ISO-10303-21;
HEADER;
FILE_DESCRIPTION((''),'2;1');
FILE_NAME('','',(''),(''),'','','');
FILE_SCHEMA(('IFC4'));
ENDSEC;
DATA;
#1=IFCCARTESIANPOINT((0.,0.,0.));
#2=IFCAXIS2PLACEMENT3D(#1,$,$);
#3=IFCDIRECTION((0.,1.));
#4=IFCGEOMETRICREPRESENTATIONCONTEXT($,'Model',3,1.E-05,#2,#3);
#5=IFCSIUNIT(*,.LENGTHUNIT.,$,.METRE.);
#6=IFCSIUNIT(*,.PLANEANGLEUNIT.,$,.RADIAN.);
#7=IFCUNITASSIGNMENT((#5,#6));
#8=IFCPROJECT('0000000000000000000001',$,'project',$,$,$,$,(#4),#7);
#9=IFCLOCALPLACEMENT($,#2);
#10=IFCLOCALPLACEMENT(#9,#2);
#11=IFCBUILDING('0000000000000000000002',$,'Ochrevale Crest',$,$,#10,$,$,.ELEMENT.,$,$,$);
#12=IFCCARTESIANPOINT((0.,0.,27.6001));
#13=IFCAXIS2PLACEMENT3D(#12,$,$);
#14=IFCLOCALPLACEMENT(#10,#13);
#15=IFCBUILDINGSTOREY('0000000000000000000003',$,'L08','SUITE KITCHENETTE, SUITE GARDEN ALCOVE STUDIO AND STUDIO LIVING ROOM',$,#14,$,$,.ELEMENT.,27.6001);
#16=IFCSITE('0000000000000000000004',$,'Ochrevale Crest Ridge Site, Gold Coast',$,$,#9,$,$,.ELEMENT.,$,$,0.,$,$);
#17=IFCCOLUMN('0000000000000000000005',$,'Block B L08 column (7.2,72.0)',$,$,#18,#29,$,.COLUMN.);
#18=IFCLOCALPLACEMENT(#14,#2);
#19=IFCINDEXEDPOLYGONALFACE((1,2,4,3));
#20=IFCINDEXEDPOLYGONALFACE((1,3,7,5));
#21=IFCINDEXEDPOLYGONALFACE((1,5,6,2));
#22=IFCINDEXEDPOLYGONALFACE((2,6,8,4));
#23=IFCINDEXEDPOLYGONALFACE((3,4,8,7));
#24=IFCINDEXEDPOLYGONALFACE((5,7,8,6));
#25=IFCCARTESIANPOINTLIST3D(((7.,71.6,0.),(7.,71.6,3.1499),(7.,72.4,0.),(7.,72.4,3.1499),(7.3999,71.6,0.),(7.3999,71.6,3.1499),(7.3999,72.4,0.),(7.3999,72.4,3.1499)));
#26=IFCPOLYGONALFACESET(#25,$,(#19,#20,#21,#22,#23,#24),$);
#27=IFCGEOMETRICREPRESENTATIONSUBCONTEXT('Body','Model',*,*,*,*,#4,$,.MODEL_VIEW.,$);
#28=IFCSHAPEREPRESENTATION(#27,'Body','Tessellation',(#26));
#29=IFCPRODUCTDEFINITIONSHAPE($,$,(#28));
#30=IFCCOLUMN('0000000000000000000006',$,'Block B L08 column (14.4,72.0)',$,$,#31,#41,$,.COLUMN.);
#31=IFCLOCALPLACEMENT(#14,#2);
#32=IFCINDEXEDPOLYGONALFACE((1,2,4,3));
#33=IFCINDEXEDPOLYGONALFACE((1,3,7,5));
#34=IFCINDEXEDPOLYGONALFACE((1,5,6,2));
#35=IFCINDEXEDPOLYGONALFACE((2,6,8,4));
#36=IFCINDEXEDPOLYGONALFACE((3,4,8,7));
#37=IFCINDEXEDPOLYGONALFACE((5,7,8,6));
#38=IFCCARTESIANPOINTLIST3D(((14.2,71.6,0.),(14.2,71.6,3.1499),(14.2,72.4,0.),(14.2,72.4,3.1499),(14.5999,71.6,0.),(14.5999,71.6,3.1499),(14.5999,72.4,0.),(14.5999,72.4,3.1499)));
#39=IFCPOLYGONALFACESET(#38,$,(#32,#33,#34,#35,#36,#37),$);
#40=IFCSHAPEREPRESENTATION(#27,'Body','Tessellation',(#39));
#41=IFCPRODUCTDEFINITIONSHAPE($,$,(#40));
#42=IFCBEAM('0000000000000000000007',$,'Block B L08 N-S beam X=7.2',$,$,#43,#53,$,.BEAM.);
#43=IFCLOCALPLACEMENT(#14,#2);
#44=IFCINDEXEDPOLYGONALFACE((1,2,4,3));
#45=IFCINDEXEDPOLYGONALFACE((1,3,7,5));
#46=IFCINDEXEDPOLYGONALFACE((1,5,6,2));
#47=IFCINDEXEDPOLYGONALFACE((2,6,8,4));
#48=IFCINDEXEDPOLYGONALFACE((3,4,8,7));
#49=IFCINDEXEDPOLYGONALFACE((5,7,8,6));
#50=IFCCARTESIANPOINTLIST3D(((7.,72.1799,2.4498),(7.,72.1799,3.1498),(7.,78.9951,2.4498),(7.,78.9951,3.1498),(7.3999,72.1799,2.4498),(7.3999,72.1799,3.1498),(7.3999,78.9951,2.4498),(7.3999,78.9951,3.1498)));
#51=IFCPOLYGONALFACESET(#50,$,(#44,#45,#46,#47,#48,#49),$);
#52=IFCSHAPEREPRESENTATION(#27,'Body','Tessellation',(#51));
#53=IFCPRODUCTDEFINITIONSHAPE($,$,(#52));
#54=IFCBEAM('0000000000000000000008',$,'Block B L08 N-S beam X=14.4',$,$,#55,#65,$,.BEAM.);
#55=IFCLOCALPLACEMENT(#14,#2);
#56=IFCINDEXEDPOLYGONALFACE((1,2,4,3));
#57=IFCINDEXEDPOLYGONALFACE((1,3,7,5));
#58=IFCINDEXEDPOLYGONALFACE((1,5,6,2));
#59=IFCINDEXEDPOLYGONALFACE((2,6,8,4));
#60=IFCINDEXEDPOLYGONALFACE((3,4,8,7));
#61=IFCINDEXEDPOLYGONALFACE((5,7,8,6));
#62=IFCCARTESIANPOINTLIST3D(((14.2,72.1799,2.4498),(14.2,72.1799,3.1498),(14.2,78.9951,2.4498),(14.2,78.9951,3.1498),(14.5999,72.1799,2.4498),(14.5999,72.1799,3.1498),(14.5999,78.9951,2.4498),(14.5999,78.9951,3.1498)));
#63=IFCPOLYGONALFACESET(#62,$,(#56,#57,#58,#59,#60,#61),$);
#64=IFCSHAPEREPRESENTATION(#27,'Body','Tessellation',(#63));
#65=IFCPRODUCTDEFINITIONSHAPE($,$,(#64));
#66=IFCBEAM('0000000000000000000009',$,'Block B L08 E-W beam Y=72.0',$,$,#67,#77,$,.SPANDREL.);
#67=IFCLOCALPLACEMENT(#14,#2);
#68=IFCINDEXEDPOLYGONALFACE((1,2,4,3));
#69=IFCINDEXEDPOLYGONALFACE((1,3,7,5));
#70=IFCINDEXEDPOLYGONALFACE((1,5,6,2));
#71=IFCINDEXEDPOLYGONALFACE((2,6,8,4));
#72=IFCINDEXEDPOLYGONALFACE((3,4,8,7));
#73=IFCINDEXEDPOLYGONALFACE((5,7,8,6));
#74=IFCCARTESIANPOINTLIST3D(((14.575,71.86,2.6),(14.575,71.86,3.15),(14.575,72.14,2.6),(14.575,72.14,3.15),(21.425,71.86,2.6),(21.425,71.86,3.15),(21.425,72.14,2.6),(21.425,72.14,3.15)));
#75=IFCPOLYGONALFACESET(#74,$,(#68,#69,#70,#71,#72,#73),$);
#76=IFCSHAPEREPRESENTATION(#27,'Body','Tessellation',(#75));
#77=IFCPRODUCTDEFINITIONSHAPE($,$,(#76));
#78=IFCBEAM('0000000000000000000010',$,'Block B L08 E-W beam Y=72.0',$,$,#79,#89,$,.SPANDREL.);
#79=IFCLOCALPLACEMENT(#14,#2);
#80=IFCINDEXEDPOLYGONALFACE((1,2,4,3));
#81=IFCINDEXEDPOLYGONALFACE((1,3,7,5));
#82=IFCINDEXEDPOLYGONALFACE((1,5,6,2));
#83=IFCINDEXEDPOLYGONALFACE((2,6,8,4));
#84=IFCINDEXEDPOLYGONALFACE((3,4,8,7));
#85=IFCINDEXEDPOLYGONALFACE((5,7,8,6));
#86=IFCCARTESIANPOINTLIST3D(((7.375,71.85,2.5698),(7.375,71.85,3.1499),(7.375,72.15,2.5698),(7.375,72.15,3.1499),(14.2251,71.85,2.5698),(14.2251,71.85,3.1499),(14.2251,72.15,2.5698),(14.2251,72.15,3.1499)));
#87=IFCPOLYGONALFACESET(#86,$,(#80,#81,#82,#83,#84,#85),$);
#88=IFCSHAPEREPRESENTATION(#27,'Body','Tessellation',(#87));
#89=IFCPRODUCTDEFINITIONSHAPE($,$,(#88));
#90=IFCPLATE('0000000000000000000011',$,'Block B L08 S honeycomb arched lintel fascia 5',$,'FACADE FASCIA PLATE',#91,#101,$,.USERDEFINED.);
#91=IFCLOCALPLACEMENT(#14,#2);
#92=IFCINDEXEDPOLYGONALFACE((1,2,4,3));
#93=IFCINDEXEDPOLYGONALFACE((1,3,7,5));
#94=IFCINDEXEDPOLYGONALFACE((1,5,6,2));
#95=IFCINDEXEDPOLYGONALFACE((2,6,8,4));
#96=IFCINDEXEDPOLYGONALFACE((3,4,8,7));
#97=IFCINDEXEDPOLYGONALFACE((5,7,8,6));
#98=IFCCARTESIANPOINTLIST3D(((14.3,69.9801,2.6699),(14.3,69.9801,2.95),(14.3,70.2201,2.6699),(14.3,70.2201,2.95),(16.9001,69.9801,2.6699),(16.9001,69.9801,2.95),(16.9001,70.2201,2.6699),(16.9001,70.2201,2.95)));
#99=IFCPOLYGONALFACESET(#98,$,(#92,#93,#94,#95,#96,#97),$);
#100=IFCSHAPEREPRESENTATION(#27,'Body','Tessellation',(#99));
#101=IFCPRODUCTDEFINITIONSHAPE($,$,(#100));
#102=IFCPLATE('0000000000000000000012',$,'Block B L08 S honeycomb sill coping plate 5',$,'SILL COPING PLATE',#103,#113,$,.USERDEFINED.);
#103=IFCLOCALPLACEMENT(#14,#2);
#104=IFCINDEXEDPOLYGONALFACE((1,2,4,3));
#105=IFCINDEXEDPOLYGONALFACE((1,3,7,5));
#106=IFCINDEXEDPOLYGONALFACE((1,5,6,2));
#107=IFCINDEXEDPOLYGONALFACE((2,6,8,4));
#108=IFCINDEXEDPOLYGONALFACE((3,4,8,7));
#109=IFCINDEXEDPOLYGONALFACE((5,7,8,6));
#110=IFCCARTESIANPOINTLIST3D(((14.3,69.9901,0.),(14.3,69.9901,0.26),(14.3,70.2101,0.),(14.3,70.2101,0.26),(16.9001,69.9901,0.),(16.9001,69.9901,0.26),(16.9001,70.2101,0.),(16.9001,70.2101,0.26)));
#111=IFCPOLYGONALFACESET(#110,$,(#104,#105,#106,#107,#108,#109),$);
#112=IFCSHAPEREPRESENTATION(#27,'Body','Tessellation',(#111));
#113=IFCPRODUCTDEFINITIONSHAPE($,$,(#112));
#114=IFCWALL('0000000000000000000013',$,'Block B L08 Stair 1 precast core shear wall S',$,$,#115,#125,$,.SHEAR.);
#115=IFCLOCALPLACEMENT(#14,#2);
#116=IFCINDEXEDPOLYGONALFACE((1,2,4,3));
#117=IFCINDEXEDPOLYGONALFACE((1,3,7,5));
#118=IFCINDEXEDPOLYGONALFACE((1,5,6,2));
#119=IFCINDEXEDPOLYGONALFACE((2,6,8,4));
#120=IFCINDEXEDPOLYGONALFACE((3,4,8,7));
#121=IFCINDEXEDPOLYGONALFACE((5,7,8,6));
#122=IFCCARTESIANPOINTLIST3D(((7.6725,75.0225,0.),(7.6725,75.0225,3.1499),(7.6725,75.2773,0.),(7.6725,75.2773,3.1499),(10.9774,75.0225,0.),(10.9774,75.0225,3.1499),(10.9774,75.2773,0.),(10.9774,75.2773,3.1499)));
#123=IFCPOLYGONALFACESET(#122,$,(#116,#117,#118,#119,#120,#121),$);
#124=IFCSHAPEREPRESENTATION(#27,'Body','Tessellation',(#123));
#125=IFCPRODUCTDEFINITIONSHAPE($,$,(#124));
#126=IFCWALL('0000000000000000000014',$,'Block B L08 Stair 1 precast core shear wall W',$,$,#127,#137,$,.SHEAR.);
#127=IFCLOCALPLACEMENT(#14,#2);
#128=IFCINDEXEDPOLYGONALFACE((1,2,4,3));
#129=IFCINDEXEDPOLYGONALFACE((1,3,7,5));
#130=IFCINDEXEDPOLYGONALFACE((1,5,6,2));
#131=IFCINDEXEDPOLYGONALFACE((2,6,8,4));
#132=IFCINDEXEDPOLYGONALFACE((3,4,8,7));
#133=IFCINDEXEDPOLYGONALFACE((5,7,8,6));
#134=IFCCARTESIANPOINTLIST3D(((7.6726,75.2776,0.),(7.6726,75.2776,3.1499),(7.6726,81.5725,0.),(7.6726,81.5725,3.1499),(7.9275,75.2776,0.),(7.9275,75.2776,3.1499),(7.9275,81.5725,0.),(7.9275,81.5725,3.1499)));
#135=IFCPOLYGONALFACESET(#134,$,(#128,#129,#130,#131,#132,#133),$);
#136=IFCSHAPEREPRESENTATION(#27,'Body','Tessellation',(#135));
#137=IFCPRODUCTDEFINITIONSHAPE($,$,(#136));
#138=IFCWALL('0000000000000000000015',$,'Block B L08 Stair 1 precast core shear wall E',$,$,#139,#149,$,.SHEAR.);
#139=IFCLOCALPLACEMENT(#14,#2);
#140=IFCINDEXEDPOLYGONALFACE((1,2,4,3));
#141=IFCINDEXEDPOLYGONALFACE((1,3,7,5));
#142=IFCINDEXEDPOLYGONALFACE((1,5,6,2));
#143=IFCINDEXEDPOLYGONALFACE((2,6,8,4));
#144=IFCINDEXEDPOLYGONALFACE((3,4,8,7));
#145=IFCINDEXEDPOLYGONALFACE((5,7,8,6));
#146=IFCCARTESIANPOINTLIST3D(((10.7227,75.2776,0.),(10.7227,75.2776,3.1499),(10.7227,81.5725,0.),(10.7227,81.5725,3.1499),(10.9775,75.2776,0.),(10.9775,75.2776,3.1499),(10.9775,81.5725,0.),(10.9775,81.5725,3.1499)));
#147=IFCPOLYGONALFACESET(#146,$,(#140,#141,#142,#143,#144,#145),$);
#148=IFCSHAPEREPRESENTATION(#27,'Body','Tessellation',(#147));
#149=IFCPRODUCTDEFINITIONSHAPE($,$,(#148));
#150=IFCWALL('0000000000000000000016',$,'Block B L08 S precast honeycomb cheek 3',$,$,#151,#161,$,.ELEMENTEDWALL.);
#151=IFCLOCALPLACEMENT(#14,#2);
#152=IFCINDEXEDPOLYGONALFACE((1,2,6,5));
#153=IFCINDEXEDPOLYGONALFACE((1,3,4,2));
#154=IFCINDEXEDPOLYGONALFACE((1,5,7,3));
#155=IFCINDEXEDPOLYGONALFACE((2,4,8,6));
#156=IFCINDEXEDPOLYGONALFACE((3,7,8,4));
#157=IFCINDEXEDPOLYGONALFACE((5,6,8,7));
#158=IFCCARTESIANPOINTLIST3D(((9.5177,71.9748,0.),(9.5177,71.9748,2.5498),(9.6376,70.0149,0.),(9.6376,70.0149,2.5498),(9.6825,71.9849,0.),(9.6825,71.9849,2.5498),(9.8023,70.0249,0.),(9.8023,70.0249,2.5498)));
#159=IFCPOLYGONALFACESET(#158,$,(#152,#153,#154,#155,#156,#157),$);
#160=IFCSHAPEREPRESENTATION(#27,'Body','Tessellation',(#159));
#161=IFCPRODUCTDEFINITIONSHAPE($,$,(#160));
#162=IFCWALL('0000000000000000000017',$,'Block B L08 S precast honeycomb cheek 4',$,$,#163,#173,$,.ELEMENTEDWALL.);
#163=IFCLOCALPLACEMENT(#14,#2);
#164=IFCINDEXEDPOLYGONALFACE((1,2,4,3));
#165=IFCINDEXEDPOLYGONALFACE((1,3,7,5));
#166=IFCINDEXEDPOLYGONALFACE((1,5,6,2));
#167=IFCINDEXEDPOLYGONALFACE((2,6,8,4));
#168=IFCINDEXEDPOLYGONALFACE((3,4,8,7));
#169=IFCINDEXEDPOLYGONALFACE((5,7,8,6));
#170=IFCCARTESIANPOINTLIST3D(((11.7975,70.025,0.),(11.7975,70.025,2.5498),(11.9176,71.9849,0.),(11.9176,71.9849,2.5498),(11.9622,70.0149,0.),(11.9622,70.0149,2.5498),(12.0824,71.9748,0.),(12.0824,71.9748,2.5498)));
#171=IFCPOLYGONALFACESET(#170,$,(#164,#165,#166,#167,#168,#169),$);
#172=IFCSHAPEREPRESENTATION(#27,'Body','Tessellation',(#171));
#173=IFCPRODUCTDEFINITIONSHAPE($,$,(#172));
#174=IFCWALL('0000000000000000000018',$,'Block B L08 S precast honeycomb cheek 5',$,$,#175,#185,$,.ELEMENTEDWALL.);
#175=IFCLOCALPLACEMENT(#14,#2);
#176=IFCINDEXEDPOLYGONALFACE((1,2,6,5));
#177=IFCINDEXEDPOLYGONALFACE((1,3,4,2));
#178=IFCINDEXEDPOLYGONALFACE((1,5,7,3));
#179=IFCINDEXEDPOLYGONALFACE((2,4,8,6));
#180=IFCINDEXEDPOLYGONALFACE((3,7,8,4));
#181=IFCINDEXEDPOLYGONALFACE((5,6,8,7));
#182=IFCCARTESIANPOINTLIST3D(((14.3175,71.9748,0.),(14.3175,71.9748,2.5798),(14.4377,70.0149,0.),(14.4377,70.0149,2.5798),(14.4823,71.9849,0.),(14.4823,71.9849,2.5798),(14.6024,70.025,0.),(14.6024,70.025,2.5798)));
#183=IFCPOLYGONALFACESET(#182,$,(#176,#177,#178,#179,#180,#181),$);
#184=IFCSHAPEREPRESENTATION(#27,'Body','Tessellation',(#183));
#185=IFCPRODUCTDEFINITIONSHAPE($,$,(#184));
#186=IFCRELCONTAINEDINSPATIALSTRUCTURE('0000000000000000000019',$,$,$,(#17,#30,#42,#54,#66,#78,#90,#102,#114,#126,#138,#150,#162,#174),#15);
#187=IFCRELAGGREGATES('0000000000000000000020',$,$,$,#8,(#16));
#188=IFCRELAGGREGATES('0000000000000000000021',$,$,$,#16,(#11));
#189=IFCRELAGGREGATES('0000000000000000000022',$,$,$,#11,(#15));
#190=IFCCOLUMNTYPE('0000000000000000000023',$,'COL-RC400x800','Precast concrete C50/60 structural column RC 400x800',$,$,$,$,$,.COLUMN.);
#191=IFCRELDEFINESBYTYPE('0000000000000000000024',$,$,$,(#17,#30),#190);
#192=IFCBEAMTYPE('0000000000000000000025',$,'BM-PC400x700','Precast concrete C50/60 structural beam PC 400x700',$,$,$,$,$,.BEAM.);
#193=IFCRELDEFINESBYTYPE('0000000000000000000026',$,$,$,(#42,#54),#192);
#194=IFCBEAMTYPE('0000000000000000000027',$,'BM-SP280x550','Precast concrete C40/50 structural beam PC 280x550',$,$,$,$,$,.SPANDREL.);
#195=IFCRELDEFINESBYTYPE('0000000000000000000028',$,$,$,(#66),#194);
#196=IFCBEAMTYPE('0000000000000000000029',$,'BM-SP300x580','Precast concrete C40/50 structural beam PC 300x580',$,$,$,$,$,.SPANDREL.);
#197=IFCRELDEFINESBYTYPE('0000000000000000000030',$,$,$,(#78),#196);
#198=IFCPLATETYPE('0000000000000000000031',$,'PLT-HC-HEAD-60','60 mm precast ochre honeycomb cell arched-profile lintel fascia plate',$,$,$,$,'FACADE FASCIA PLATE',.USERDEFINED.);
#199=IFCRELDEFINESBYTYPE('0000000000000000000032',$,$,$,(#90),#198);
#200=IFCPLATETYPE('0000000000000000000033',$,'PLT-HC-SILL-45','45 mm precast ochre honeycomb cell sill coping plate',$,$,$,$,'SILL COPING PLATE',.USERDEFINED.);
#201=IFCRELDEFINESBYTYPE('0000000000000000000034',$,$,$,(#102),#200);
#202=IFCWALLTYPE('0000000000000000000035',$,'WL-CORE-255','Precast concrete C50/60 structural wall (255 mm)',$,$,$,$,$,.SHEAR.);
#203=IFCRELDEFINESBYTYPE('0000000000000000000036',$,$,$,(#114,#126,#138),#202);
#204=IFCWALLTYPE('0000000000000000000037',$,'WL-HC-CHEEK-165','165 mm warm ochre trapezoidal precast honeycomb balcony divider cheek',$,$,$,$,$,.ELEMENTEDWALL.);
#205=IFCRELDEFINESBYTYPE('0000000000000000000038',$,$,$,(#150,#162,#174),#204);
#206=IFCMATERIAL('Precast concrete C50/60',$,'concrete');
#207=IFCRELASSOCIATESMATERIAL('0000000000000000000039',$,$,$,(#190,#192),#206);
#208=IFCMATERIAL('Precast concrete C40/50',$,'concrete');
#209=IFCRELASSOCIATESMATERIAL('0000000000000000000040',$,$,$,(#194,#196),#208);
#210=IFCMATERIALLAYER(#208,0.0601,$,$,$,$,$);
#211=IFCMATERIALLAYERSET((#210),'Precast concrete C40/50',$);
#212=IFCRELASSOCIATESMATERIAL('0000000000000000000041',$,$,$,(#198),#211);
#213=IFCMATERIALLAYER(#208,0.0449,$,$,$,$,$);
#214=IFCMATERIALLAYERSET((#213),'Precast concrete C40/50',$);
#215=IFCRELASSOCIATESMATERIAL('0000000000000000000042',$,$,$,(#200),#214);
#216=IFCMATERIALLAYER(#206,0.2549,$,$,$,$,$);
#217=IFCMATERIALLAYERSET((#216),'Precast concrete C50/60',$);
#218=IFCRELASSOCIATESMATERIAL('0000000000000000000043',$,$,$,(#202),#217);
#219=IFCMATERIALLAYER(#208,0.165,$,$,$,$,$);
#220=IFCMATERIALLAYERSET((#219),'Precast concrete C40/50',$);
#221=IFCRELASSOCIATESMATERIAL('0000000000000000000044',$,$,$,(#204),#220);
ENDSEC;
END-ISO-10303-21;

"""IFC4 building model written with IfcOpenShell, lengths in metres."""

from ifc_helpers import new_model, si_unit, direction, frame, frame_2d, origin, origin_2d, place, context, subcontext, project, spatial, rectangle, extrude, material, layer, layer_set, material_profile, profile_set, type_object, element, save


model = new_model("IFC4")

# Units and contexts
model_context = context("Model", 3, precision=1e-05, world=origin(), true_north=direction((0.0, 1.0)))
body_context = subcontext(model_context, "Body", "Model", "MODEL_VIEW")
ifc_project = project(units=[si_unit("LENGTHUNIT", "METRE"), si_unit("PLANEANGLEUNIT", "RADIAN")], contexts=[model_context])

# Site, building, storey
site_placement = place(None, origin())
site = spatial("IfcSite", under=ifc_project, at=site_placement, Name="Ochrevale Crest Ridge Site, Gold Coast", CompositionType="ELEMENT", RefElevation=0.0)
building_placement = place(site_placement, origin())
building = spatial("IfcBuilding", under=site, at=building_placement, Name="Ochrevale Crest", CompositionType="ELEMENT")
storey_placement = place(building_placement, frame((0.0, 0.0, 27.6001)))
storey = spatial("IfcBuildingStorey", under=building, at=storey_placement, Name="L08", Description="SUITE KITCHENETTE, SUITE GARDEN ALCOVE STUDIO AND STUDIO LIVING ROOM", CompositionType="ELEMENT", Elevation=27.6001)

# Columns
ifc_material_1 = material(Name="Precast concrete C50/60", Category="concrete")
ifc_material_profile_1 = material_profile(ifc_material_1, rectangle(XDim=0.3999, YDim=0.8, at=origin_2d()), Name="RC 400x800")
ifc_profile_set_1 = profile_set([ifc_material_profile_1], Name="Precast concrete C50/60")
column_type = type_object("IfcColumnType", Name="COL-RC400x800", Description="Precast concrete C50/60 structural column RC 400x800", PredefinedType="COLUMN", material=ifc_profile_set_1)
for number, where, z_axis, x_axis, name in (
    (1, (7.2, 72.0, 0.0), (0.0, 0.0, 1.0), (1.0, 0.0, 0.0), "Block B L08 column (7.2,72.0)"),
    (2, (14.3999, 72.0, 0.0), (0.0, 0.0, 1.0), (1.0, 0.0, 0.0), "Block B L08 column (14.4,72.0)"),
):
    element("IfcColumn", number, at=place(storey_placement, frame(where, z_axis=z_axis, x_axis=x_axis)), inside=storey, type_object=column_type, Name=name, PredefinedType="COLUMN", context=body_context, shape_type="SweptSolid", body=[
        extrude(rectangle(XDim=0.3999, YDim=0.8, at=origin_2d()), origin(), (0.0, 0.0, 1.0), 3.1499),
    ])

# Beams
ifc_material_profile_2 = material_profile(ifc_material_1, rectangle(XDim=0.3999, YDim=0.7, at=origin_2d()), Name="PC 400x700")
ifc_profile_set_2 = profile_set([ifc_material_profile_2], Name="Precast concrete C50/60")
beam_type_1 = type_object("IfcBeamType", Name="BM-PC400x700", Description="Precast concrete C50/60 structural beam PC 400x700", PredefinedType="BEAM", material=ifc_profile_set_2)
for number, where, z_axis, x_axis, name in (
    (3, (7.2, 72.1799, 2.7998), (0.0, 1.0, 0.0), (-1.0, 0.0, 0.0), "Block B L08 N-S beam X=7.2"),
    (4, (14.3999, 72.1799, 2.7998), (0.0, 1.0, 0.0), (-1.0, 0.0, 0.0), "Block B L08 N-S beam X=14.4"),
):
    element("IfcBeam", number, at=place(storey_placement, frame(where, z_axis=z_axis, x_axis=x_axis)), inside=storey, type_object=beam_type_1, Name=name, PredefinedType="BEAM", context=body_context, shape_type="SweptSolid", body=[
        extrude(rectangle(XDim=0.3999, YDim=0.7, at=origin_2d()), origin(), (0.0, 0.0, 1.0), 6.8152),
    ])
ifc_material_2 = material(Name="Precast concrete C40/50", Category="concrete")
ifc_material_profile_3 = material_profile(ifc_material_2, rectangle(XDim=0.28, YDim=0.55, at=origin_2d()), Name="PC 280x550")
ifc_profile_set_3 = profile_set([ifc_material_profile_3], Name="Precast concrete C40/50")
beam_type_2 = type_object("IfcBeamType", Name="BM-SP280x550", Description="Precast concrete C40/50 structural beam PC 280x550", PredefinedType="SPANDREL", material=ifc_profile_set_3)
beam_1_placement = place(storey_placement, frame((14.575, 72.0, 2.875), z_axis=(1.0, 0.0, 0.0), x_axis=(0.0, 1.0, 0.0)))
element("IfcBeam", 5, at=beam_1_placement, inside=storey, type_object=beam_type_2, Name="Block B L08 E-W beam Y=72.0", PredefinedType="SPANDREL", context=body_context, shape_type="SweptSolid", body=[
    extrude(rectangle(XDim=0.28, YDim=0.55, at=origin_2d()), origin(), (0.0, 0.0, 1.0), 6.8501),
])
ifc_material_profile_4 = material_profile(ifc_material_2, rectangle(XDim=0.3, YDim=0.5801, at=origin_2d()), Name="PC 300x580")
ifc_profile_set_4 = profile_set([ifc_material_profile_4], Name="Precast concrete C40/50")
beam_type_3 = type_object("IfcBeamType", Name="BM-SP300x580", Description="Precast concrete C40/50 structural beam PC 300x580", PredefinedType="SPANDREL", material=ifc_profile_set_4)
beam_2_placement = place(storey_placement, frame((7.375, 72.0, 2.8599), z_axis=(1.0, 0.0, 0.0), x_axis=(0.0, 1.0, 0.0)))
element("IfcBeam", 6, at=beam_2_placement, inside=storey, type_object=beam_type_3, Name="Block B L08 E-W beam Y=72.0", PredefinedType="SPANDREL", context=body_context, shape_type="SweptSolid", body=[
    extrude(rectangle(XDim=0.3, YDim=0.5801, at=origin_2d()), origin(), (0.0, 0.0, 1.0), 6.8501),
])

# Plates
ifc_layer_1 = layer(ifc_material_2, 0.0601)
ifc_layer_set_1 = layer_set([ifc_layer_1], Name="Precast concrete C40/50")
plate_type_1 = type_object("IfcPlateType", Name="PLT-HC-HEAD-60", Description="60 mm precast ochre honeycomb cell arched-profile lintel fascia plate", ElementType="FACADE FASCIA PLATE", PredefinedType="USERDEFINED", material=ifc_layer_set_1)
plate_1_placement = place(storey_placement, frame((15.6001, 70.1001, 2.6699), z_axis=(0.0, 0.0, 1.0), x_axis=(1.0, 0.0, 0.0)))
element("IfcPlate", 7, at=plate_1_placement, inside=storey, type_object=plate_type_1, Name="Block B L08 S honeycomb arched lintel fascia 5", ObjectType="FACADE FASCIA PLATE", PredefinedType="USERDEFINED", context=body_context, shape_type="SweptSolid", body=[
    extrude(rectangle(XDim=2.6001, YDim=0.24, at=origin_2d()), origin(), (0.0, 0.0, 1.0), 0.28),
])
ifc_layer_2 = layer(ifc_material_2, 0.0449)
ifc_layer_set_2 = layer_set([ifc_layer_2], Name="Precast concrete C40/50")
plate_type_2 = type_object("IfcPlateType", Name="PLT-HC-SILL-45", Description="45 mm precast ochre honeycomb cell sill coping plate", ElementType="SILL COPING PLATE", PredefinedType="USERDEFINED", material=ifc_layer_set_2)
plate_2_placement = place(storey_placement, frame((15.6001, 70.1001, 0.0), z_axis=(0.0, 0.0, 1.0), x_axis=(1.0, 0.0, 0.0)))
element("IfcPlate", 8, at=plate_2_placement, inside=storey, type_object=plate_type_2, Name="Block B L08 S honeycomb sill coping plate 5", ObjectType="SILL COPING PLATE", PredefinedType="USERDEFINED", context=body_context, shape_type="SweptSolid", body=[
    extrude(rectangle(XDim=2.6001, YDim=0.22, at=origin_2d()), origin(), (0.0, 0.0, 1.0), 0.26),
])

# Walls
ifc_layer_3 = layer(ifc_material_1, 0.2549)
ifc_layer_set_3 = layer_set([ifc_layer_3], Name="Precast concrete C50/60")
wall_type_1 = type_object("IfcWallType", Name="WL-CORE-255", Description="Precast concrete C50/60 structural wall (255 mm)", PredefinedType="SHEAR", material=ifc_layer_set_3)
wall_1_placement = place(storey_placement, frame((7.6726, 75.1499, 0.0), z_axis=(0.0, 0.0, 1.0), x_axis=(1.0, 0.0, 0.0)))
element("IfcWall", 9, at=wall_1_placement, inside=storey, type_object=wall_type_1, Name="Block B L08 Stair 1 precast core shear wall S", PredefinedType="SHEAR", context=body_context, shape_type="SweptSolid", body=[
    extrude(rectangle(XDim=3.3049, YDim=0.2549, at=frame_2d((1.6523, 0.0))), origin(), (0.0, 0.0, 1.0), 3.1499),
])
for number, where, z_axis, x_axis, name in (
    (10, (7.8, 75.2776, 0.0), (0.0, 0.0, 1.0), (0.0, 1.0, 0.0), "Block B L08 Stair 1 precast core shear wall W"),
    (11, (10.8501, 75.2776, 0.0), (0.0, 0.0, 1.0), (0.0, 1.0, 0.0), "Block B L08 Stair 1 precast core shear wall E"),
):
    element("IfcWall", number, at=place(storey_placement, frame(where, z_axis=z_axis, x_axis=x_axis)), inside=storey, type_object=wall_type_1, Name=name, PredefinedType="SHEAR", context=body_context, shape_type="SweptSolid", body=[
        extrude(rectangle(XDim=6.2949, YDim=0.2549, at=frame_2d((3.1475, 0.0))), origin(), (0.0, 0.0, 1.0), 3.1499),
    ])
ifc_layer_4 = layer(ifc_material_2, 0.165)
ifc_layer_set_4 = layer_set([ifc_layer_4], Name="Precast concrete C40/50")
wall_type_2 = type_object("IfcWallType", Name="WL-HC-CHEEK-165", Description="165 mm warm ochre trapezoidal precast honeycomb balcony divider cheek", PredefinedType="ELEMENTEDWALL", material=ifc_layer_set_4)
for number, where, z_axis, x_axis, name in (
    (12, (9.6001, 71.98, 0.0), (0.0, 0.0, 1.0), (0.061047, -0.998135, 0.0), "Block B L08 S precast honeycomb cheek 3"),
    (13, (12.0, 71.98, 0.0), (0.0, 0.0, 1.0), (-0.061171, -0.998127, 0.0), "Block B L08 S precast honeycomb cheek 4"),
):
    element("IfcWall", number, at=place(storey_placement, frame(where, z_axis=z_axis, x_axis=x_axis)), inside=storey, type_object=wall_type_2, Name=name, PredefinedType="ELEMENTEDWALL", context=body_context, shape_type="SweptSolid", body=[
        extrude(rectangle(XDim=1.9636, YDim=0.165, at=frame_2d((0.9819, 0.0))), origin(), (0.0, 0.0, 1.0), 2.5498),
    ])
for number, where, z_axis, x_axis, name in (
    (14, (14.3999, 71.98, 0.0), (0.0, 0.0, 1.0), (0.061171, -0.998127, 0.0), "Block B L08 S precast honeycomb cheek 5"),
):
    element("IfcWall", number, at=place(storey_placement, frame(where, z_axis=z_axis, x_axis=x_axis)), inside=storey, type_object=wall_type_2, Name=name, PredefinedType="ELEMENTEDWALL", context=body_context, shape_type="SweptSolid", body=[
        extrude(rectangle(XDim=1.9636, YDim=0.165, at=frame_2d((0.9819, 0.0))), origin(), (0.0, 0.0, 1.0), 2.5798),
    ])

save(model, "model.ifc")
